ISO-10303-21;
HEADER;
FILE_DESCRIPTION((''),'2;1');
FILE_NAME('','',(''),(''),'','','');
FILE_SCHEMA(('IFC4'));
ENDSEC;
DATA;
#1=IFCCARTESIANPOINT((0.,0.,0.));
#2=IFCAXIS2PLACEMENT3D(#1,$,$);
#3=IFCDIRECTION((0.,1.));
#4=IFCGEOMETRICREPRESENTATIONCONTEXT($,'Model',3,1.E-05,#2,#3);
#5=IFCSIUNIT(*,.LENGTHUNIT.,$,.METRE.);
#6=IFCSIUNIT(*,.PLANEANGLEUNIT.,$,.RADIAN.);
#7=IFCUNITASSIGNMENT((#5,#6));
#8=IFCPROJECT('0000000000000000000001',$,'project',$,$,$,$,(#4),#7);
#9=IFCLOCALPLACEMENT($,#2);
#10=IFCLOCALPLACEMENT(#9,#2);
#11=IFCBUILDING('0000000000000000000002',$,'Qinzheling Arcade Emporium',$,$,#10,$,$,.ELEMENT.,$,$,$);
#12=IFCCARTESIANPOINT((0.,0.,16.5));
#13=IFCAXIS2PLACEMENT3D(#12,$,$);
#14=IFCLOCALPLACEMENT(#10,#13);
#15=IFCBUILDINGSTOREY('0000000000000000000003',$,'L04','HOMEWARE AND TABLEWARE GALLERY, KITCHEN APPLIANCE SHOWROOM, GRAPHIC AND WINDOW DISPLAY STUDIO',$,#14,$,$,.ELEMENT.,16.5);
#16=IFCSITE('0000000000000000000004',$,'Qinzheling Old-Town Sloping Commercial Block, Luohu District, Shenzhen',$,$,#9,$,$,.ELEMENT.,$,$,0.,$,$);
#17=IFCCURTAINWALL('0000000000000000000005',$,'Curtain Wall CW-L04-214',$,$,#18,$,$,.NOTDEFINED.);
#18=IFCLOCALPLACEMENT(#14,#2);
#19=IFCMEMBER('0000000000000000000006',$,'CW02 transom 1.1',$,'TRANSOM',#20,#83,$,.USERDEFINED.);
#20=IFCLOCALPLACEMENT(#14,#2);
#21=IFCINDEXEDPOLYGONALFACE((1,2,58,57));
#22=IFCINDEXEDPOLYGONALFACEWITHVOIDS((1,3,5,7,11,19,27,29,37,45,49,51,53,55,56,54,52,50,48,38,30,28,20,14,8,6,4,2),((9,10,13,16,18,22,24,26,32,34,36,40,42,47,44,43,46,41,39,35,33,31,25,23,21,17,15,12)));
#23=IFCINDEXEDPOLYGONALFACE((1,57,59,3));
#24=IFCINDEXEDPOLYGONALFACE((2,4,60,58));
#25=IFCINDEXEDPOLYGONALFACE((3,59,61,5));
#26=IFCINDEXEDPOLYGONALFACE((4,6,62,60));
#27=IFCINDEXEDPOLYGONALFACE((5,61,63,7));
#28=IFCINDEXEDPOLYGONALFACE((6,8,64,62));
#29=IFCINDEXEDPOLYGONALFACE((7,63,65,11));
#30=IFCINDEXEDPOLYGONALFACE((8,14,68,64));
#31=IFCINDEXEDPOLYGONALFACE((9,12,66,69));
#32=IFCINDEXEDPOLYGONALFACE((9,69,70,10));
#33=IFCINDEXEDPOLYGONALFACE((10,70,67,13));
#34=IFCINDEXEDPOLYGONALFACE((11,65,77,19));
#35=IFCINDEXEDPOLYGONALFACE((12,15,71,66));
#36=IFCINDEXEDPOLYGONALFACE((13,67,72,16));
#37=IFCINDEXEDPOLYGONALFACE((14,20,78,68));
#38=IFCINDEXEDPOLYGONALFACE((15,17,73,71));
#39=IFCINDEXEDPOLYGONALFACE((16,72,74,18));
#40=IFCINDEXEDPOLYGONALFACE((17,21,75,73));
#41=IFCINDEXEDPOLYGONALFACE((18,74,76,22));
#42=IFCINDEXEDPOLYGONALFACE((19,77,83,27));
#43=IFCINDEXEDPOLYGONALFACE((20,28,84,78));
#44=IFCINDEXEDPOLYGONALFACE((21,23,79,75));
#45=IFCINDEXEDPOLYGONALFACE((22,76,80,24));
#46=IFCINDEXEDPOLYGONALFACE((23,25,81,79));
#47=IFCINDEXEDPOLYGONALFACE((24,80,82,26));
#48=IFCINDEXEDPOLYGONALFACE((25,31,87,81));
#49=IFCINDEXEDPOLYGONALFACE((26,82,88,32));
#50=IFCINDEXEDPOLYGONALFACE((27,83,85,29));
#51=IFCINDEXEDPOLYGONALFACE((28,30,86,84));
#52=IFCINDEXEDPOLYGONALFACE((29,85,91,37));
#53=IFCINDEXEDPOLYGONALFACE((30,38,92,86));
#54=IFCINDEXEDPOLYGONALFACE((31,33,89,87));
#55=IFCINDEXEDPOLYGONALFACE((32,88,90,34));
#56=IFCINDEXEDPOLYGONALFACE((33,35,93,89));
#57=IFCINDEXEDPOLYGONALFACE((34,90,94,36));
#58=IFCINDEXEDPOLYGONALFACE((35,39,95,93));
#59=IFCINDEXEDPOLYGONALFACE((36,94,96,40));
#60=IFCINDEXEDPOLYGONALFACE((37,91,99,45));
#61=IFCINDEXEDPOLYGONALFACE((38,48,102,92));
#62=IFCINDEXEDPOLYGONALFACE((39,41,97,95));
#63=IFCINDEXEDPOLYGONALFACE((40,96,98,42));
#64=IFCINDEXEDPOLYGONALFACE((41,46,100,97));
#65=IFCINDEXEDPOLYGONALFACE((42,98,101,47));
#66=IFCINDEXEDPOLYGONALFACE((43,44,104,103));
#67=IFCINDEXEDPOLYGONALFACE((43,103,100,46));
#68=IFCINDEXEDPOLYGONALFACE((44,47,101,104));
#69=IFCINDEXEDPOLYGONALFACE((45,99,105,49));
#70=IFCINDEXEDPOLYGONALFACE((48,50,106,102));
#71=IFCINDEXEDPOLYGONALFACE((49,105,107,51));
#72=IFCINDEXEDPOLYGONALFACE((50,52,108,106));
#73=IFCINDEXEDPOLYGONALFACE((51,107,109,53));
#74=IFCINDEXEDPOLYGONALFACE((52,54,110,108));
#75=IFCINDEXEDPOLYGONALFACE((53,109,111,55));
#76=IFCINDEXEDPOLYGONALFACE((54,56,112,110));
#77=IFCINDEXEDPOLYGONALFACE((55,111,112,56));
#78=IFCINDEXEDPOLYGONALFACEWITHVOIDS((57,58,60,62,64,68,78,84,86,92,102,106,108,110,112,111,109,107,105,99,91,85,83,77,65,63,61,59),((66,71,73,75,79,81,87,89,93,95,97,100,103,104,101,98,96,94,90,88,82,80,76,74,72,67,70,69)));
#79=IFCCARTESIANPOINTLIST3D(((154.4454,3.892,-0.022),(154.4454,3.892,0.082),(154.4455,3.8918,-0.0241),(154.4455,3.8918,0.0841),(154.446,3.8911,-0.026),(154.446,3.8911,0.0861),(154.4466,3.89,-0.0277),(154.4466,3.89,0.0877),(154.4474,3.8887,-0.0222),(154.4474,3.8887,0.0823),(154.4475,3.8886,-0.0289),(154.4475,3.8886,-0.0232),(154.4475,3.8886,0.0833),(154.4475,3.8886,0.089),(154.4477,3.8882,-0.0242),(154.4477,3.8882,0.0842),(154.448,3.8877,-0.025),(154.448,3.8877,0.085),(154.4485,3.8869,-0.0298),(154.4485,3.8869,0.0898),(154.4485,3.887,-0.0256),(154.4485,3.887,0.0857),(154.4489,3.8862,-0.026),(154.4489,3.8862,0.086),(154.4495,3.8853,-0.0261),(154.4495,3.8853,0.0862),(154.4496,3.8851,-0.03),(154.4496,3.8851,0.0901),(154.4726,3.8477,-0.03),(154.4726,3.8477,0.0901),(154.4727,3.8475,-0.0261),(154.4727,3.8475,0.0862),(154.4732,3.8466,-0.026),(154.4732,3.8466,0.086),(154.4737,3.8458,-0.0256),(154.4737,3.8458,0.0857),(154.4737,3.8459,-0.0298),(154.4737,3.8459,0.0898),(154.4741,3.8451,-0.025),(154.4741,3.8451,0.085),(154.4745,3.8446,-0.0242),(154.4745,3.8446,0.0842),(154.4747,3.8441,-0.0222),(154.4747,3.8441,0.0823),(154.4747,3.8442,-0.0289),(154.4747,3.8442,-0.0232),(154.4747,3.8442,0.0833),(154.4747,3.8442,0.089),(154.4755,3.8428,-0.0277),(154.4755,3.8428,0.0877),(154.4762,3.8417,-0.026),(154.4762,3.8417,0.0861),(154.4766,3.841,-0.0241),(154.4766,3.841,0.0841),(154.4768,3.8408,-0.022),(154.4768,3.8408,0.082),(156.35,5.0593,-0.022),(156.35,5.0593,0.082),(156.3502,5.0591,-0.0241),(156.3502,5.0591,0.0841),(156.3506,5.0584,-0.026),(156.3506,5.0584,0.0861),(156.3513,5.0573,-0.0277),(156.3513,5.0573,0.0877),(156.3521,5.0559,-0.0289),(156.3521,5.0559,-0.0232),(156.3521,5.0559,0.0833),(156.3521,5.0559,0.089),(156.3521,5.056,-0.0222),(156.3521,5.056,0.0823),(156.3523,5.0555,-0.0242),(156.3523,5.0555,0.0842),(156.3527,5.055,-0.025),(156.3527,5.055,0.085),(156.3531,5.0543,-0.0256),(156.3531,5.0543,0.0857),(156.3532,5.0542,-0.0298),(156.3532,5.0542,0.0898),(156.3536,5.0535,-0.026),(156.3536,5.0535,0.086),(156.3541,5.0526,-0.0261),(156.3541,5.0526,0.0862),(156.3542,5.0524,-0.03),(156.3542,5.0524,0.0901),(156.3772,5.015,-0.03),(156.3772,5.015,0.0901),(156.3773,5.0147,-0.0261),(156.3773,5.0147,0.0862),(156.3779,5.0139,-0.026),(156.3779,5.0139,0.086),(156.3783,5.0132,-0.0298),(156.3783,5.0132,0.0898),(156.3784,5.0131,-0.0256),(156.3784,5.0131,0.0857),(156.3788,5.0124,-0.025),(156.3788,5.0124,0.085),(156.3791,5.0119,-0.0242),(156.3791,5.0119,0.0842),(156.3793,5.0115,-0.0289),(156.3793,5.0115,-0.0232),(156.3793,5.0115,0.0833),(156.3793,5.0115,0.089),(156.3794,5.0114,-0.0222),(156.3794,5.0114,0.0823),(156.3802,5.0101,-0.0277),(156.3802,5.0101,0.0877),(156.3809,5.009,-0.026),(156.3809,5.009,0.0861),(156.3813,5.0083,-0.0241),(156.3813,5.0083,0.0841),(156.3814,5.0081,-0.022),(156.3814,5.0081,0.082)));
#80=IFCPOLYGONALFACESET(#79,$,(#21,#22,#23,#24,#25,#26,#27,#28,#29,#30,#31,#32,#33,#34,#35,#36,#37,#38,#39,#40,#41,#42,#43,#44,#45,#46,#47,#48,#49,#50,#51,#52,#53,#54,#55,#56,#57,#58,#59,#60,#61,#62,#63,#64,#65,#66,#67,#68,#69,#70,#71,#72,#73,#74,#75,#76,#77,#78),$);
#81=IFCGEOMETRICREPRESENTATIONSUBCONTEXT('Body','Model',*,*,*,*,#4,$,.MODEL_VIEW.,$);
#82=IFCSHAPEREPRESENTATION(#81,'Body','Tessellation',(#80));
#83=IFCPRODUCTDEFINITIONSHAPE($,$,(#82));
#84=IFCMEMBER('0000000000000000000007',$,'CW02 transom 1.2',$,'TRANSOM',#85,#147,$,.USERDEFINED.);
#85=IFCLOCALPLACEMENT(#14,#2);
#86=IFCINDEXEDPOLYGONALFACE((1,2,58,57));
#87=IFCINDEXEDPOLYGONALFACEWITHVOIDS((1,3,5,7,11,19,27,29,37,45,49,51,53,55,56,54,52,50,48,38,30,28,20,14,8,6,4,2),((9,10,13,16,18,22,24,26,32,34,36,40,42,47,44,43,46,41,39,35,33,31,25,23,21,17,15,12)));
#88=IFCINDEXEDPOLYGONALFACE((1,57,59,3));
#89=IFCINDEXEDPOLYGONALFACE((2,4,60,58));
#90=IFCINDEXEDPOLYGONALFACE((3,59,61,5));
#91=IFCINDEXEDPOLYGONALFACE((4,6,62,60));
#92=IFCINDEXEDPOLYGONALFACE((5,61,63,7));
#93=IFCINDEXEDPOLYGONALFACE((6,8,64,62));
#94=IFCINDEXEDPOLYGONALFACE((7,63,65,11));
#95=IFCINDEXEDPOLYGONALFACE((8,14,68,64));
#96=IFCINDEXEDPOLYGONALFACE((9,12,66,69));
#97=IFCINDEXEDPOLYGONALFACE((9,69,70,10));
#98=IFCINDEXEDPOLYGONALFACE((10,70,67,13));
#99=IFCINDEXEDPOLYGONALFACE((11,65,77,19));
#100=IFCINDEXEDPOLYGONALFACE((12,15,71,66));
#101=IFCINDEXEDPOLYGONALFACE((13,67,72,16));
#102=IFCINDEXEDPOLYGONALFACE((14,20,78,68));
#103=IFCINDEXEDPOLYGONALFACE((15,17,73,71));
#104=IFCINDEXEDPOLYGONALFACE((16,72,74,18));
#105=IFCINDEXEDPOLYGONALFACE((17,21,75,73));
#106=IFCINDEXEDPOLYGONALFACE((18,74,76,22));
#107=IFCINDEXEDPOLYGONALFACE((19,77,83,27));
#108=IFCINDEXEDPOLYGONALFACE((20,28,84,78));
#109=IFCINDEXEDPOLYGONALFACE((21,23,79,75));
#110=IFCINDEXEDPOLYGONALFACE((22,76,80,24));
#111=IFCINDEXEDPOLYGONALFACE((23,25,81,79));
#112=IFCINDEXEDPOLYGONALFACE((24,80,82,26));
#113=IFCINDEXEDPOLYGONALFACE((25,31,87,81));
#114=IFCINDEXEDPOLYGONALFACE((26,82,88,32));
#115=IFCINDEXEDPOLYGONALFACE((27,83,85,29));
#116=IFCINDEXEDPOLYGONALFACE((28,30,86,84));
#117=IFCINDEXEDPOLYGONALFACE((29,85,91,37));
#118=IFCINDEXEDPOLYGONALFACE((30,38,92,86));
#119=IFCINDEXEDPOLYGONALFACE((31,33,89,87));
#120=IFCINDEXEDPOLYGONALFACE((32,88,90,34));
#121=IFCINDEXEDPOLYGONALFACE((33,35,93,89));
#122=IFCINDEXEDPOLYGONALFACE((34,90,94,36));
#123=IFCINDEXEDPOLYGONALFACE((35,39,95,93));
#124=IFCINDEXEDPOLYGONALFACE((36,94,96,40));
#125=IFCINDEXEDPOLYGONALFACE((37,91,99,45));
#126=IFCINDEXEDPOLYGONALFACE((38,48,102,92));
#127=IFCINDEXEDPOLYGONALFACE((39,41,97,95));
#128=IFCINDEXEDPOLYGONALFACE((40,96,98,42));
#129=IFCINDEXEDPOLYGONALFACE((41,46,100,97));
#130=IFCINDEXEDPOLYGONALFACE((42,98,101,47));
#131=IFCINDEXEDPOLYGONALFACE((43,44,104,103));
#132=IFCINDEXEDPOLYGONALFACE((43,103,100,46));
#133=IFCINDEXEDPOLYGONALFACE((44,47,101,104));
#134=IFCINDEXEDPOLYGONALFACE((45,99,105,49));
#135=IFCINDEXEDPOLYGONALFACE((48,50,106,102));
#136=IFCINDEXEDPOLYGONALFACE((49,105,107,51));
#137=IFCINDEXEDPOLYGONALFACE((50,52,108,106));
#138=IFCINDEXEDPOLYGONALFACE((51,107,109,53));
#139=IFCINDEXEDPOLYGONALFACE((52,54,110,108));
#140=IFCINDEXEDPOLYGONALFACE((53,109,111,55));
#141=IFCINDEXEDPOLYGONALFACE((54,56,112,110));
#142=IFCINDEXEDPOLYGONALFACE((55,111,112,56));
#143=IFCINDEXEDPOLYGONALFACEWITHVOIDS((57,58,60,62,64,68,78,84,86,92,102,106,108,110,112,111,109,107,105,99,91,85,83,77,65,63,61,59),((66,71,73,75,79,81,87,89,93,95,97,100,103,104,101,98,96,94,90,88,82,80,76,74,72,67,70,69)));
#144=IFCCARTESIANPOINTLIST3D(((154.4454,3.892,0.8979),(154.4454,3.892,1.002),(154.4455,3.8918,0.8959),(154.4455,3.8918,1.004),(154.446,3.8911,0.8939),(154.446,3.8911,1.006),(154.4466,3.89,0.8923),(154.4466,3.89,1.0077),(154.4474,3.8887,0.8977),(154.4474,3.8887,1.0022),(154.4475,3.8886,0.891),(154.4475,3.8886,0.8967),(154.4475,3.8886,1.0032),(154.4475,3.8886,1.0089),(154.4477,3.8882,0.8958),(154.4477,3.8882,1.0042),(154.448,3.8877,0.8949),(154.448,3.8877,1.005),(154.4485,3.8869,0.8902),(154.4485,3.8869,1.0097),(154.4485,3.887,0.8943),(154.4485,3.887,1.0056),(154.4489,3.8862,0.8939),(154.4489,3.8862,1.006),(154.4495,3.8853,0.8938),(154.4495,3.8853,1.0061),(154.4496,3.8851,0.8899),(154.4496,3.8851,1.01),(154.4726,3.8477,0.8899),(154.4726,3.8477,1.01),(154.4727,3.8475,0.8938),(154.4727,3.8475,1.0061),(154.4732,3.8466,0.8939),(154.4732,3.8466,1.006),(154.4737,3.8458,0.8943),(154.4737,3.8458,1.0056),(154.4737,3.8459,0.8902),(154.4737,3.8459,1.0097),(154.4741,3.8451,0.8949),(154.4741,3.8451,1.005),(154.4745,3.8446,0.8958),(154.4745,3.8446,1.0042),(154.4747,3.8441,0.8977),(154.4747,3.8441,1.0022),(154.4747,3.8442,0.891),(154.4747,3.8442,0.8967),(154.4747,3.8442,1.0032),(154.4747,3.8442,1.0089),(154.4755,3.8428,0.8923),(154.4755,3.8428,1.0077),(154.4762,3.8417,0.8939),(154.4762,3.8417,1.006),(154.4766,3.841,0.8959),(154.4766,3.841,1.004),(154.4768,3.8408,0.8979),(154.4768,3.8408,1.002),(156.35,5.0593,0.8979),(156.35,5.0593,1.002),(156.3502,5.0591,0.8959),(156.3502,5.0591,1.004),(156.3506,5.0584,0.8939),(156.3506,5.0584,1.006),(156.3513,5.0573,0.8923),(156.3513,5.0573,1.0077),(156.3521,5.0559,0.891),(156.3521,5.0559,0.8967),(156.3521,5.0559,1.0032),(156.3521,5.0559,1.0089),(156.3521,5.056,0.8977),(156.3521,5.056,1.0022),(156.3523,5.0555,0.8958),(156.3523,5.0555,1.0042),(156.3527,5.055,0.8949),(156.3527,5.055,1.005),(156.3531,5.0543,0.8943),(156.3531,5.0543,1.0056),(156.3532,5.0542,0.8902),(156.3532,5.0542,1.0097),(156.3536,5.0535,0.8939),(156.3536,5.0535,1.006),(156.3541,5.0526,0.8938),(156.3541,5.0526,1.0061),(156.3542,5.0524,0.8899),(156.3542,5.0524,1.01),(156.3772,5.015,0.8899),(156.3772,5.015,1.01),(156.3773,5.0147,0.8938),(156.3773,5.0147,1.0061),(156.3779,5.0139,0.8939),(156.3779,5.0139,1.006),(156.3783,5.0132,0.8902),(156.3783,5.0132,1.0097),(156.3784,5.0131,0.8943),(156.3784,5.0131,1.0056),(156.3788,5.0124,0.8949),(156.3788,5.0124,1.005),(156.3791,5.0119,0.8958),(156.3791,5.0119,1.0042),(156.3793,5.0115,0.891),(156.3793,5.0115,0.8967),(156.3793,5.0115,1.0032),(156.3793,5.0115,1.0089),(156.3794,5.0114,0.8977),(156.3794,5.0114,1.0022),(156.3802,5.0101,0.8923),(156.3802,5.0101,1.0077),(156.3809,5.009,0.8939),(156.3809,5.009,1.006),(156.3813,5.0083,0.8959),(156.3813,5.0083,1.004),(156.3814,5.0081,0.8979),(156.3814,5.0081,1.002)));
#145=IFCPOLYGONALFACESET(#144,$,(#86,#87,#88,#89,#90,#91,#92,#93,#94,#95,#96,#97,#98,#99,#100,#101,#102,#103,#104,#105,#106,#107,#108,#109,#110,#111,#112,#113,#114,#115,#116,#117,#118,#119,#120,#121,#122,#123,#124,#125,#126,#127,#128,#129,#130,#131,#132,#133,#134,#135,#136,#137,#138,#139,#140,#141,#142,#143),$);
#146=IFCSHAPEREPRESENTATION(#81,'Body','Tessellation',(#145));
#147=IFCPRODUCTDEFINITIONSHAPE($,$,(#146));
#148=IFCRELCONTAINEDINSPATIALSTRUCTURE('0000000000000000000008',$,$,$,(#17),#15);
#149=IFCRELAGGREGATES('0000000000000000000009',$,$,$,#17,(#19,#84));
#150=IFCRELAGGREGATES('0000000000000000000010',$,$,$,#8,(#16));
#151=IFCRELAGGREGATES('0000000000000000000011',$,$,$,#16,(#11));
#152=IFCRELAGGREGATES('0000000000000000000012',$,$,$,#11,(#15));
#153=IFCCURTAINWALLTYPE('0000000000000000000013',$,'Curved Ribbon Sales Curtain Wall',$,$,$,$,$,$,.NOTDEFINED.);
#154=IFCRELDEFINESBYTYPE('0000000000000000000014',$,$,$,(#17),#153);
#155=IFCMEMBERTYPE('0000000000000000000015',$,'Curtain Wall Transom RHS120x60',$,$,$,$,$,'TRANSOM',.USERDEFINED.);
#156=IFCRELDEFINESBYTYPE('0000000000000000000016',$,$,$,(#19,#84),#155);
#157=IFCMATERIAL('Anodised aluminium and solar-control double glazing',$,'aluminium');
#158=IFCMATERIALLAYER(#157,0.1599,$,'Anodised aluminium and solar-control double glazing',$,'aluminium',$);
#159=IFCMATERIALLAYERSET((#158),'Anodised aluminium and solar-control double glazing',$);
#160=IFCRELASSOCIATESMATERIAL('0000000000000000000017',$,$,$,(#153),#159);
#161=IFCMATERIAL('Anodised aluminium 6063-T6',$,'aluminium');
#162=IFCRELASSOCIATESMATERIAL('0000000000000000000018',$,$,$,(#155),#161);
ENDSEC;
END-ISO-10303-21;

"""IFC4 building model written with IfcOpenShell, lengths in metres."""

from ifc_helpers import new_model, si_unit, direction, frame, origin, origin_2d, place, context, subcontext, project, spatial, hollow_rectangle, extrude, material, layer, layer_set, material_profile, profile_set, type_object, element, aggregate, save


model = new_model("IFC4")

# Units and contexts
model_context = context("Model", 3, precision=1e-05, world=origin(), true_north=direction((0.0, 1.0)))
body_context = subcontext(model_context, "Body", "Model", "MODEL_VIEW")
ifc_project = project(units=[si_unit("LENGTHUNIT", "METRE"), si_unit("PLANEANGLEUNIT", "RADIAN")], contexts=[model_context])

# Site, building, storey
site_placement = place(None, origin())
site = spatial("IfcSite", under=ifc_project, at=site_placement, Name="Qinzheling Old-Town Sloping Commercial Block, Luohu District, Shenzhen", CompositionType="ELEMENT", RefElevation=0.0)
building_placement = place(site_placement, origin())
building = spatial("IfcBuilding", under=site, at=building_placement, Name="Qinzheling Arcade Emporium", CompositionType="ELEMENT")
storey_placement = place(building_placement, frame((0.0, 0.0, 16.5)))
storey = spatial("IfcBuildingStorey", under=building, at=storey_placement, Name="L04", Description="HOMEWARE AND TABLEWARE GALLERY, KITCHEN APPLIANCE SHOWROOM, GRAPHIC AND WINDOW DISPLAY STUDIO", CompositionType="ELEMENT", Elevation=16.5)

# Shared definitions
ifc_material_1 = material(Name="Anodised aluminium and solar-control double glazing", Category="aluminium")
ifc_layer_1 = layer(ifc_material_1, 0.1599, Name="Anodised aluminium and solar-control double glazing", Category="aluminium")
ifc_layer_set_1 = layer_set([ifc_layer_1], Name="Anodised aluminium and solar-control double glazing")
curtain_wall_type = type_object("IfcCurtainWallType", Name="Curved Ribbon Sales Curtain Wall", PredefinedType="NOTDEFINED", material=ifc_layer_set_1)
ifc_material_2 = material(Name="Anodised aluminium 6063-T6", Category="aluminium")

# Curtain wall
curtain_wall_1_placement = place(storey_placement, origin())
curtain_wall_1 = element("IfcCurtainWall", 1, at=curtain_wall_1_placement, inside=storey, type_object=curtain_wall_type, Name="Curtain Wall CW-L04-214", PredefinedType="NOTDEFINED")

# Members
ifc_material_profile_1 = material_profile(ifc_material_2, hollow_rectangle(XDim=0.0601, YDim=0.1201, WallThickness=0.0039, InnerFilletRadius=0.0039, OuterFilletRadius=0.0081, at=origin_2d()), Name="RHS 120x60x4", Category="aluminium")
ifc_profile_set_1 = profile_set([ifc_material_profile_1], Name="Anodised aluminium 6063-T6")
member_type_1 = type_object("IfcMemberType", Name="Curtain Wall Transom RHS120x60", ElementType="TRANSOM", PredefinedType="USERDEFINED", material=ifc_profile_set_1)
member_1_placement = place(storey_placement, frame((156.3657, 5.0337, 0.03), z_axis=(-0.852614, -0.522542, 0.0), x_axis=(0.522542, -0.852614, 0.0)))
member_1 = element("IfcMember", 2, at=member_1_placement, type_object=member_type_1, Name="CW02 transom 1.1", ObjectType="TRANSOM", PredefinedType="USERDEFINED", context=body_context, shape_type="SweptSolid", body=[
    extrude(hollow_rectangle(XDim=0.0601, YDim=0.1201, WallThickness=0.0039, InnerFilletRadius=0.0039, OuterFilletRadius=0.0081, at=origin_2d()), origin(), (0.0, 0.0, 1.0), 2.2339),
])
member_2_placement = place(storey_placement, frame((156.3657, 5.0337, 0.95), z_axis=(-0.852614, -0.522542, 0.0), x_axis=(0.522542, -0.852614, 0.0)))
member_2 = element("IfcMember", 3, at=member_2_placement, type_object=member_type_1, Name="CW02 transom 1.2", ObjectType="TRANSOM", PredefinedType="USERDEFINED", context=body_context, shape_type="SweptSolid", body=[
    extrude(hollow_rectangle(XDim=0.0601, YDim=0.1201, WallThickness=0.0039, InnerFilletRadius=0.0039, OuterFilletRadius=0.0081, at=origin_2d()), origin(), (0.0, 0.0, 1.0), 2.2339),
])

aggregate(curtain_wall_1, [member_1, member_2])

save(model, "model.ifc")
